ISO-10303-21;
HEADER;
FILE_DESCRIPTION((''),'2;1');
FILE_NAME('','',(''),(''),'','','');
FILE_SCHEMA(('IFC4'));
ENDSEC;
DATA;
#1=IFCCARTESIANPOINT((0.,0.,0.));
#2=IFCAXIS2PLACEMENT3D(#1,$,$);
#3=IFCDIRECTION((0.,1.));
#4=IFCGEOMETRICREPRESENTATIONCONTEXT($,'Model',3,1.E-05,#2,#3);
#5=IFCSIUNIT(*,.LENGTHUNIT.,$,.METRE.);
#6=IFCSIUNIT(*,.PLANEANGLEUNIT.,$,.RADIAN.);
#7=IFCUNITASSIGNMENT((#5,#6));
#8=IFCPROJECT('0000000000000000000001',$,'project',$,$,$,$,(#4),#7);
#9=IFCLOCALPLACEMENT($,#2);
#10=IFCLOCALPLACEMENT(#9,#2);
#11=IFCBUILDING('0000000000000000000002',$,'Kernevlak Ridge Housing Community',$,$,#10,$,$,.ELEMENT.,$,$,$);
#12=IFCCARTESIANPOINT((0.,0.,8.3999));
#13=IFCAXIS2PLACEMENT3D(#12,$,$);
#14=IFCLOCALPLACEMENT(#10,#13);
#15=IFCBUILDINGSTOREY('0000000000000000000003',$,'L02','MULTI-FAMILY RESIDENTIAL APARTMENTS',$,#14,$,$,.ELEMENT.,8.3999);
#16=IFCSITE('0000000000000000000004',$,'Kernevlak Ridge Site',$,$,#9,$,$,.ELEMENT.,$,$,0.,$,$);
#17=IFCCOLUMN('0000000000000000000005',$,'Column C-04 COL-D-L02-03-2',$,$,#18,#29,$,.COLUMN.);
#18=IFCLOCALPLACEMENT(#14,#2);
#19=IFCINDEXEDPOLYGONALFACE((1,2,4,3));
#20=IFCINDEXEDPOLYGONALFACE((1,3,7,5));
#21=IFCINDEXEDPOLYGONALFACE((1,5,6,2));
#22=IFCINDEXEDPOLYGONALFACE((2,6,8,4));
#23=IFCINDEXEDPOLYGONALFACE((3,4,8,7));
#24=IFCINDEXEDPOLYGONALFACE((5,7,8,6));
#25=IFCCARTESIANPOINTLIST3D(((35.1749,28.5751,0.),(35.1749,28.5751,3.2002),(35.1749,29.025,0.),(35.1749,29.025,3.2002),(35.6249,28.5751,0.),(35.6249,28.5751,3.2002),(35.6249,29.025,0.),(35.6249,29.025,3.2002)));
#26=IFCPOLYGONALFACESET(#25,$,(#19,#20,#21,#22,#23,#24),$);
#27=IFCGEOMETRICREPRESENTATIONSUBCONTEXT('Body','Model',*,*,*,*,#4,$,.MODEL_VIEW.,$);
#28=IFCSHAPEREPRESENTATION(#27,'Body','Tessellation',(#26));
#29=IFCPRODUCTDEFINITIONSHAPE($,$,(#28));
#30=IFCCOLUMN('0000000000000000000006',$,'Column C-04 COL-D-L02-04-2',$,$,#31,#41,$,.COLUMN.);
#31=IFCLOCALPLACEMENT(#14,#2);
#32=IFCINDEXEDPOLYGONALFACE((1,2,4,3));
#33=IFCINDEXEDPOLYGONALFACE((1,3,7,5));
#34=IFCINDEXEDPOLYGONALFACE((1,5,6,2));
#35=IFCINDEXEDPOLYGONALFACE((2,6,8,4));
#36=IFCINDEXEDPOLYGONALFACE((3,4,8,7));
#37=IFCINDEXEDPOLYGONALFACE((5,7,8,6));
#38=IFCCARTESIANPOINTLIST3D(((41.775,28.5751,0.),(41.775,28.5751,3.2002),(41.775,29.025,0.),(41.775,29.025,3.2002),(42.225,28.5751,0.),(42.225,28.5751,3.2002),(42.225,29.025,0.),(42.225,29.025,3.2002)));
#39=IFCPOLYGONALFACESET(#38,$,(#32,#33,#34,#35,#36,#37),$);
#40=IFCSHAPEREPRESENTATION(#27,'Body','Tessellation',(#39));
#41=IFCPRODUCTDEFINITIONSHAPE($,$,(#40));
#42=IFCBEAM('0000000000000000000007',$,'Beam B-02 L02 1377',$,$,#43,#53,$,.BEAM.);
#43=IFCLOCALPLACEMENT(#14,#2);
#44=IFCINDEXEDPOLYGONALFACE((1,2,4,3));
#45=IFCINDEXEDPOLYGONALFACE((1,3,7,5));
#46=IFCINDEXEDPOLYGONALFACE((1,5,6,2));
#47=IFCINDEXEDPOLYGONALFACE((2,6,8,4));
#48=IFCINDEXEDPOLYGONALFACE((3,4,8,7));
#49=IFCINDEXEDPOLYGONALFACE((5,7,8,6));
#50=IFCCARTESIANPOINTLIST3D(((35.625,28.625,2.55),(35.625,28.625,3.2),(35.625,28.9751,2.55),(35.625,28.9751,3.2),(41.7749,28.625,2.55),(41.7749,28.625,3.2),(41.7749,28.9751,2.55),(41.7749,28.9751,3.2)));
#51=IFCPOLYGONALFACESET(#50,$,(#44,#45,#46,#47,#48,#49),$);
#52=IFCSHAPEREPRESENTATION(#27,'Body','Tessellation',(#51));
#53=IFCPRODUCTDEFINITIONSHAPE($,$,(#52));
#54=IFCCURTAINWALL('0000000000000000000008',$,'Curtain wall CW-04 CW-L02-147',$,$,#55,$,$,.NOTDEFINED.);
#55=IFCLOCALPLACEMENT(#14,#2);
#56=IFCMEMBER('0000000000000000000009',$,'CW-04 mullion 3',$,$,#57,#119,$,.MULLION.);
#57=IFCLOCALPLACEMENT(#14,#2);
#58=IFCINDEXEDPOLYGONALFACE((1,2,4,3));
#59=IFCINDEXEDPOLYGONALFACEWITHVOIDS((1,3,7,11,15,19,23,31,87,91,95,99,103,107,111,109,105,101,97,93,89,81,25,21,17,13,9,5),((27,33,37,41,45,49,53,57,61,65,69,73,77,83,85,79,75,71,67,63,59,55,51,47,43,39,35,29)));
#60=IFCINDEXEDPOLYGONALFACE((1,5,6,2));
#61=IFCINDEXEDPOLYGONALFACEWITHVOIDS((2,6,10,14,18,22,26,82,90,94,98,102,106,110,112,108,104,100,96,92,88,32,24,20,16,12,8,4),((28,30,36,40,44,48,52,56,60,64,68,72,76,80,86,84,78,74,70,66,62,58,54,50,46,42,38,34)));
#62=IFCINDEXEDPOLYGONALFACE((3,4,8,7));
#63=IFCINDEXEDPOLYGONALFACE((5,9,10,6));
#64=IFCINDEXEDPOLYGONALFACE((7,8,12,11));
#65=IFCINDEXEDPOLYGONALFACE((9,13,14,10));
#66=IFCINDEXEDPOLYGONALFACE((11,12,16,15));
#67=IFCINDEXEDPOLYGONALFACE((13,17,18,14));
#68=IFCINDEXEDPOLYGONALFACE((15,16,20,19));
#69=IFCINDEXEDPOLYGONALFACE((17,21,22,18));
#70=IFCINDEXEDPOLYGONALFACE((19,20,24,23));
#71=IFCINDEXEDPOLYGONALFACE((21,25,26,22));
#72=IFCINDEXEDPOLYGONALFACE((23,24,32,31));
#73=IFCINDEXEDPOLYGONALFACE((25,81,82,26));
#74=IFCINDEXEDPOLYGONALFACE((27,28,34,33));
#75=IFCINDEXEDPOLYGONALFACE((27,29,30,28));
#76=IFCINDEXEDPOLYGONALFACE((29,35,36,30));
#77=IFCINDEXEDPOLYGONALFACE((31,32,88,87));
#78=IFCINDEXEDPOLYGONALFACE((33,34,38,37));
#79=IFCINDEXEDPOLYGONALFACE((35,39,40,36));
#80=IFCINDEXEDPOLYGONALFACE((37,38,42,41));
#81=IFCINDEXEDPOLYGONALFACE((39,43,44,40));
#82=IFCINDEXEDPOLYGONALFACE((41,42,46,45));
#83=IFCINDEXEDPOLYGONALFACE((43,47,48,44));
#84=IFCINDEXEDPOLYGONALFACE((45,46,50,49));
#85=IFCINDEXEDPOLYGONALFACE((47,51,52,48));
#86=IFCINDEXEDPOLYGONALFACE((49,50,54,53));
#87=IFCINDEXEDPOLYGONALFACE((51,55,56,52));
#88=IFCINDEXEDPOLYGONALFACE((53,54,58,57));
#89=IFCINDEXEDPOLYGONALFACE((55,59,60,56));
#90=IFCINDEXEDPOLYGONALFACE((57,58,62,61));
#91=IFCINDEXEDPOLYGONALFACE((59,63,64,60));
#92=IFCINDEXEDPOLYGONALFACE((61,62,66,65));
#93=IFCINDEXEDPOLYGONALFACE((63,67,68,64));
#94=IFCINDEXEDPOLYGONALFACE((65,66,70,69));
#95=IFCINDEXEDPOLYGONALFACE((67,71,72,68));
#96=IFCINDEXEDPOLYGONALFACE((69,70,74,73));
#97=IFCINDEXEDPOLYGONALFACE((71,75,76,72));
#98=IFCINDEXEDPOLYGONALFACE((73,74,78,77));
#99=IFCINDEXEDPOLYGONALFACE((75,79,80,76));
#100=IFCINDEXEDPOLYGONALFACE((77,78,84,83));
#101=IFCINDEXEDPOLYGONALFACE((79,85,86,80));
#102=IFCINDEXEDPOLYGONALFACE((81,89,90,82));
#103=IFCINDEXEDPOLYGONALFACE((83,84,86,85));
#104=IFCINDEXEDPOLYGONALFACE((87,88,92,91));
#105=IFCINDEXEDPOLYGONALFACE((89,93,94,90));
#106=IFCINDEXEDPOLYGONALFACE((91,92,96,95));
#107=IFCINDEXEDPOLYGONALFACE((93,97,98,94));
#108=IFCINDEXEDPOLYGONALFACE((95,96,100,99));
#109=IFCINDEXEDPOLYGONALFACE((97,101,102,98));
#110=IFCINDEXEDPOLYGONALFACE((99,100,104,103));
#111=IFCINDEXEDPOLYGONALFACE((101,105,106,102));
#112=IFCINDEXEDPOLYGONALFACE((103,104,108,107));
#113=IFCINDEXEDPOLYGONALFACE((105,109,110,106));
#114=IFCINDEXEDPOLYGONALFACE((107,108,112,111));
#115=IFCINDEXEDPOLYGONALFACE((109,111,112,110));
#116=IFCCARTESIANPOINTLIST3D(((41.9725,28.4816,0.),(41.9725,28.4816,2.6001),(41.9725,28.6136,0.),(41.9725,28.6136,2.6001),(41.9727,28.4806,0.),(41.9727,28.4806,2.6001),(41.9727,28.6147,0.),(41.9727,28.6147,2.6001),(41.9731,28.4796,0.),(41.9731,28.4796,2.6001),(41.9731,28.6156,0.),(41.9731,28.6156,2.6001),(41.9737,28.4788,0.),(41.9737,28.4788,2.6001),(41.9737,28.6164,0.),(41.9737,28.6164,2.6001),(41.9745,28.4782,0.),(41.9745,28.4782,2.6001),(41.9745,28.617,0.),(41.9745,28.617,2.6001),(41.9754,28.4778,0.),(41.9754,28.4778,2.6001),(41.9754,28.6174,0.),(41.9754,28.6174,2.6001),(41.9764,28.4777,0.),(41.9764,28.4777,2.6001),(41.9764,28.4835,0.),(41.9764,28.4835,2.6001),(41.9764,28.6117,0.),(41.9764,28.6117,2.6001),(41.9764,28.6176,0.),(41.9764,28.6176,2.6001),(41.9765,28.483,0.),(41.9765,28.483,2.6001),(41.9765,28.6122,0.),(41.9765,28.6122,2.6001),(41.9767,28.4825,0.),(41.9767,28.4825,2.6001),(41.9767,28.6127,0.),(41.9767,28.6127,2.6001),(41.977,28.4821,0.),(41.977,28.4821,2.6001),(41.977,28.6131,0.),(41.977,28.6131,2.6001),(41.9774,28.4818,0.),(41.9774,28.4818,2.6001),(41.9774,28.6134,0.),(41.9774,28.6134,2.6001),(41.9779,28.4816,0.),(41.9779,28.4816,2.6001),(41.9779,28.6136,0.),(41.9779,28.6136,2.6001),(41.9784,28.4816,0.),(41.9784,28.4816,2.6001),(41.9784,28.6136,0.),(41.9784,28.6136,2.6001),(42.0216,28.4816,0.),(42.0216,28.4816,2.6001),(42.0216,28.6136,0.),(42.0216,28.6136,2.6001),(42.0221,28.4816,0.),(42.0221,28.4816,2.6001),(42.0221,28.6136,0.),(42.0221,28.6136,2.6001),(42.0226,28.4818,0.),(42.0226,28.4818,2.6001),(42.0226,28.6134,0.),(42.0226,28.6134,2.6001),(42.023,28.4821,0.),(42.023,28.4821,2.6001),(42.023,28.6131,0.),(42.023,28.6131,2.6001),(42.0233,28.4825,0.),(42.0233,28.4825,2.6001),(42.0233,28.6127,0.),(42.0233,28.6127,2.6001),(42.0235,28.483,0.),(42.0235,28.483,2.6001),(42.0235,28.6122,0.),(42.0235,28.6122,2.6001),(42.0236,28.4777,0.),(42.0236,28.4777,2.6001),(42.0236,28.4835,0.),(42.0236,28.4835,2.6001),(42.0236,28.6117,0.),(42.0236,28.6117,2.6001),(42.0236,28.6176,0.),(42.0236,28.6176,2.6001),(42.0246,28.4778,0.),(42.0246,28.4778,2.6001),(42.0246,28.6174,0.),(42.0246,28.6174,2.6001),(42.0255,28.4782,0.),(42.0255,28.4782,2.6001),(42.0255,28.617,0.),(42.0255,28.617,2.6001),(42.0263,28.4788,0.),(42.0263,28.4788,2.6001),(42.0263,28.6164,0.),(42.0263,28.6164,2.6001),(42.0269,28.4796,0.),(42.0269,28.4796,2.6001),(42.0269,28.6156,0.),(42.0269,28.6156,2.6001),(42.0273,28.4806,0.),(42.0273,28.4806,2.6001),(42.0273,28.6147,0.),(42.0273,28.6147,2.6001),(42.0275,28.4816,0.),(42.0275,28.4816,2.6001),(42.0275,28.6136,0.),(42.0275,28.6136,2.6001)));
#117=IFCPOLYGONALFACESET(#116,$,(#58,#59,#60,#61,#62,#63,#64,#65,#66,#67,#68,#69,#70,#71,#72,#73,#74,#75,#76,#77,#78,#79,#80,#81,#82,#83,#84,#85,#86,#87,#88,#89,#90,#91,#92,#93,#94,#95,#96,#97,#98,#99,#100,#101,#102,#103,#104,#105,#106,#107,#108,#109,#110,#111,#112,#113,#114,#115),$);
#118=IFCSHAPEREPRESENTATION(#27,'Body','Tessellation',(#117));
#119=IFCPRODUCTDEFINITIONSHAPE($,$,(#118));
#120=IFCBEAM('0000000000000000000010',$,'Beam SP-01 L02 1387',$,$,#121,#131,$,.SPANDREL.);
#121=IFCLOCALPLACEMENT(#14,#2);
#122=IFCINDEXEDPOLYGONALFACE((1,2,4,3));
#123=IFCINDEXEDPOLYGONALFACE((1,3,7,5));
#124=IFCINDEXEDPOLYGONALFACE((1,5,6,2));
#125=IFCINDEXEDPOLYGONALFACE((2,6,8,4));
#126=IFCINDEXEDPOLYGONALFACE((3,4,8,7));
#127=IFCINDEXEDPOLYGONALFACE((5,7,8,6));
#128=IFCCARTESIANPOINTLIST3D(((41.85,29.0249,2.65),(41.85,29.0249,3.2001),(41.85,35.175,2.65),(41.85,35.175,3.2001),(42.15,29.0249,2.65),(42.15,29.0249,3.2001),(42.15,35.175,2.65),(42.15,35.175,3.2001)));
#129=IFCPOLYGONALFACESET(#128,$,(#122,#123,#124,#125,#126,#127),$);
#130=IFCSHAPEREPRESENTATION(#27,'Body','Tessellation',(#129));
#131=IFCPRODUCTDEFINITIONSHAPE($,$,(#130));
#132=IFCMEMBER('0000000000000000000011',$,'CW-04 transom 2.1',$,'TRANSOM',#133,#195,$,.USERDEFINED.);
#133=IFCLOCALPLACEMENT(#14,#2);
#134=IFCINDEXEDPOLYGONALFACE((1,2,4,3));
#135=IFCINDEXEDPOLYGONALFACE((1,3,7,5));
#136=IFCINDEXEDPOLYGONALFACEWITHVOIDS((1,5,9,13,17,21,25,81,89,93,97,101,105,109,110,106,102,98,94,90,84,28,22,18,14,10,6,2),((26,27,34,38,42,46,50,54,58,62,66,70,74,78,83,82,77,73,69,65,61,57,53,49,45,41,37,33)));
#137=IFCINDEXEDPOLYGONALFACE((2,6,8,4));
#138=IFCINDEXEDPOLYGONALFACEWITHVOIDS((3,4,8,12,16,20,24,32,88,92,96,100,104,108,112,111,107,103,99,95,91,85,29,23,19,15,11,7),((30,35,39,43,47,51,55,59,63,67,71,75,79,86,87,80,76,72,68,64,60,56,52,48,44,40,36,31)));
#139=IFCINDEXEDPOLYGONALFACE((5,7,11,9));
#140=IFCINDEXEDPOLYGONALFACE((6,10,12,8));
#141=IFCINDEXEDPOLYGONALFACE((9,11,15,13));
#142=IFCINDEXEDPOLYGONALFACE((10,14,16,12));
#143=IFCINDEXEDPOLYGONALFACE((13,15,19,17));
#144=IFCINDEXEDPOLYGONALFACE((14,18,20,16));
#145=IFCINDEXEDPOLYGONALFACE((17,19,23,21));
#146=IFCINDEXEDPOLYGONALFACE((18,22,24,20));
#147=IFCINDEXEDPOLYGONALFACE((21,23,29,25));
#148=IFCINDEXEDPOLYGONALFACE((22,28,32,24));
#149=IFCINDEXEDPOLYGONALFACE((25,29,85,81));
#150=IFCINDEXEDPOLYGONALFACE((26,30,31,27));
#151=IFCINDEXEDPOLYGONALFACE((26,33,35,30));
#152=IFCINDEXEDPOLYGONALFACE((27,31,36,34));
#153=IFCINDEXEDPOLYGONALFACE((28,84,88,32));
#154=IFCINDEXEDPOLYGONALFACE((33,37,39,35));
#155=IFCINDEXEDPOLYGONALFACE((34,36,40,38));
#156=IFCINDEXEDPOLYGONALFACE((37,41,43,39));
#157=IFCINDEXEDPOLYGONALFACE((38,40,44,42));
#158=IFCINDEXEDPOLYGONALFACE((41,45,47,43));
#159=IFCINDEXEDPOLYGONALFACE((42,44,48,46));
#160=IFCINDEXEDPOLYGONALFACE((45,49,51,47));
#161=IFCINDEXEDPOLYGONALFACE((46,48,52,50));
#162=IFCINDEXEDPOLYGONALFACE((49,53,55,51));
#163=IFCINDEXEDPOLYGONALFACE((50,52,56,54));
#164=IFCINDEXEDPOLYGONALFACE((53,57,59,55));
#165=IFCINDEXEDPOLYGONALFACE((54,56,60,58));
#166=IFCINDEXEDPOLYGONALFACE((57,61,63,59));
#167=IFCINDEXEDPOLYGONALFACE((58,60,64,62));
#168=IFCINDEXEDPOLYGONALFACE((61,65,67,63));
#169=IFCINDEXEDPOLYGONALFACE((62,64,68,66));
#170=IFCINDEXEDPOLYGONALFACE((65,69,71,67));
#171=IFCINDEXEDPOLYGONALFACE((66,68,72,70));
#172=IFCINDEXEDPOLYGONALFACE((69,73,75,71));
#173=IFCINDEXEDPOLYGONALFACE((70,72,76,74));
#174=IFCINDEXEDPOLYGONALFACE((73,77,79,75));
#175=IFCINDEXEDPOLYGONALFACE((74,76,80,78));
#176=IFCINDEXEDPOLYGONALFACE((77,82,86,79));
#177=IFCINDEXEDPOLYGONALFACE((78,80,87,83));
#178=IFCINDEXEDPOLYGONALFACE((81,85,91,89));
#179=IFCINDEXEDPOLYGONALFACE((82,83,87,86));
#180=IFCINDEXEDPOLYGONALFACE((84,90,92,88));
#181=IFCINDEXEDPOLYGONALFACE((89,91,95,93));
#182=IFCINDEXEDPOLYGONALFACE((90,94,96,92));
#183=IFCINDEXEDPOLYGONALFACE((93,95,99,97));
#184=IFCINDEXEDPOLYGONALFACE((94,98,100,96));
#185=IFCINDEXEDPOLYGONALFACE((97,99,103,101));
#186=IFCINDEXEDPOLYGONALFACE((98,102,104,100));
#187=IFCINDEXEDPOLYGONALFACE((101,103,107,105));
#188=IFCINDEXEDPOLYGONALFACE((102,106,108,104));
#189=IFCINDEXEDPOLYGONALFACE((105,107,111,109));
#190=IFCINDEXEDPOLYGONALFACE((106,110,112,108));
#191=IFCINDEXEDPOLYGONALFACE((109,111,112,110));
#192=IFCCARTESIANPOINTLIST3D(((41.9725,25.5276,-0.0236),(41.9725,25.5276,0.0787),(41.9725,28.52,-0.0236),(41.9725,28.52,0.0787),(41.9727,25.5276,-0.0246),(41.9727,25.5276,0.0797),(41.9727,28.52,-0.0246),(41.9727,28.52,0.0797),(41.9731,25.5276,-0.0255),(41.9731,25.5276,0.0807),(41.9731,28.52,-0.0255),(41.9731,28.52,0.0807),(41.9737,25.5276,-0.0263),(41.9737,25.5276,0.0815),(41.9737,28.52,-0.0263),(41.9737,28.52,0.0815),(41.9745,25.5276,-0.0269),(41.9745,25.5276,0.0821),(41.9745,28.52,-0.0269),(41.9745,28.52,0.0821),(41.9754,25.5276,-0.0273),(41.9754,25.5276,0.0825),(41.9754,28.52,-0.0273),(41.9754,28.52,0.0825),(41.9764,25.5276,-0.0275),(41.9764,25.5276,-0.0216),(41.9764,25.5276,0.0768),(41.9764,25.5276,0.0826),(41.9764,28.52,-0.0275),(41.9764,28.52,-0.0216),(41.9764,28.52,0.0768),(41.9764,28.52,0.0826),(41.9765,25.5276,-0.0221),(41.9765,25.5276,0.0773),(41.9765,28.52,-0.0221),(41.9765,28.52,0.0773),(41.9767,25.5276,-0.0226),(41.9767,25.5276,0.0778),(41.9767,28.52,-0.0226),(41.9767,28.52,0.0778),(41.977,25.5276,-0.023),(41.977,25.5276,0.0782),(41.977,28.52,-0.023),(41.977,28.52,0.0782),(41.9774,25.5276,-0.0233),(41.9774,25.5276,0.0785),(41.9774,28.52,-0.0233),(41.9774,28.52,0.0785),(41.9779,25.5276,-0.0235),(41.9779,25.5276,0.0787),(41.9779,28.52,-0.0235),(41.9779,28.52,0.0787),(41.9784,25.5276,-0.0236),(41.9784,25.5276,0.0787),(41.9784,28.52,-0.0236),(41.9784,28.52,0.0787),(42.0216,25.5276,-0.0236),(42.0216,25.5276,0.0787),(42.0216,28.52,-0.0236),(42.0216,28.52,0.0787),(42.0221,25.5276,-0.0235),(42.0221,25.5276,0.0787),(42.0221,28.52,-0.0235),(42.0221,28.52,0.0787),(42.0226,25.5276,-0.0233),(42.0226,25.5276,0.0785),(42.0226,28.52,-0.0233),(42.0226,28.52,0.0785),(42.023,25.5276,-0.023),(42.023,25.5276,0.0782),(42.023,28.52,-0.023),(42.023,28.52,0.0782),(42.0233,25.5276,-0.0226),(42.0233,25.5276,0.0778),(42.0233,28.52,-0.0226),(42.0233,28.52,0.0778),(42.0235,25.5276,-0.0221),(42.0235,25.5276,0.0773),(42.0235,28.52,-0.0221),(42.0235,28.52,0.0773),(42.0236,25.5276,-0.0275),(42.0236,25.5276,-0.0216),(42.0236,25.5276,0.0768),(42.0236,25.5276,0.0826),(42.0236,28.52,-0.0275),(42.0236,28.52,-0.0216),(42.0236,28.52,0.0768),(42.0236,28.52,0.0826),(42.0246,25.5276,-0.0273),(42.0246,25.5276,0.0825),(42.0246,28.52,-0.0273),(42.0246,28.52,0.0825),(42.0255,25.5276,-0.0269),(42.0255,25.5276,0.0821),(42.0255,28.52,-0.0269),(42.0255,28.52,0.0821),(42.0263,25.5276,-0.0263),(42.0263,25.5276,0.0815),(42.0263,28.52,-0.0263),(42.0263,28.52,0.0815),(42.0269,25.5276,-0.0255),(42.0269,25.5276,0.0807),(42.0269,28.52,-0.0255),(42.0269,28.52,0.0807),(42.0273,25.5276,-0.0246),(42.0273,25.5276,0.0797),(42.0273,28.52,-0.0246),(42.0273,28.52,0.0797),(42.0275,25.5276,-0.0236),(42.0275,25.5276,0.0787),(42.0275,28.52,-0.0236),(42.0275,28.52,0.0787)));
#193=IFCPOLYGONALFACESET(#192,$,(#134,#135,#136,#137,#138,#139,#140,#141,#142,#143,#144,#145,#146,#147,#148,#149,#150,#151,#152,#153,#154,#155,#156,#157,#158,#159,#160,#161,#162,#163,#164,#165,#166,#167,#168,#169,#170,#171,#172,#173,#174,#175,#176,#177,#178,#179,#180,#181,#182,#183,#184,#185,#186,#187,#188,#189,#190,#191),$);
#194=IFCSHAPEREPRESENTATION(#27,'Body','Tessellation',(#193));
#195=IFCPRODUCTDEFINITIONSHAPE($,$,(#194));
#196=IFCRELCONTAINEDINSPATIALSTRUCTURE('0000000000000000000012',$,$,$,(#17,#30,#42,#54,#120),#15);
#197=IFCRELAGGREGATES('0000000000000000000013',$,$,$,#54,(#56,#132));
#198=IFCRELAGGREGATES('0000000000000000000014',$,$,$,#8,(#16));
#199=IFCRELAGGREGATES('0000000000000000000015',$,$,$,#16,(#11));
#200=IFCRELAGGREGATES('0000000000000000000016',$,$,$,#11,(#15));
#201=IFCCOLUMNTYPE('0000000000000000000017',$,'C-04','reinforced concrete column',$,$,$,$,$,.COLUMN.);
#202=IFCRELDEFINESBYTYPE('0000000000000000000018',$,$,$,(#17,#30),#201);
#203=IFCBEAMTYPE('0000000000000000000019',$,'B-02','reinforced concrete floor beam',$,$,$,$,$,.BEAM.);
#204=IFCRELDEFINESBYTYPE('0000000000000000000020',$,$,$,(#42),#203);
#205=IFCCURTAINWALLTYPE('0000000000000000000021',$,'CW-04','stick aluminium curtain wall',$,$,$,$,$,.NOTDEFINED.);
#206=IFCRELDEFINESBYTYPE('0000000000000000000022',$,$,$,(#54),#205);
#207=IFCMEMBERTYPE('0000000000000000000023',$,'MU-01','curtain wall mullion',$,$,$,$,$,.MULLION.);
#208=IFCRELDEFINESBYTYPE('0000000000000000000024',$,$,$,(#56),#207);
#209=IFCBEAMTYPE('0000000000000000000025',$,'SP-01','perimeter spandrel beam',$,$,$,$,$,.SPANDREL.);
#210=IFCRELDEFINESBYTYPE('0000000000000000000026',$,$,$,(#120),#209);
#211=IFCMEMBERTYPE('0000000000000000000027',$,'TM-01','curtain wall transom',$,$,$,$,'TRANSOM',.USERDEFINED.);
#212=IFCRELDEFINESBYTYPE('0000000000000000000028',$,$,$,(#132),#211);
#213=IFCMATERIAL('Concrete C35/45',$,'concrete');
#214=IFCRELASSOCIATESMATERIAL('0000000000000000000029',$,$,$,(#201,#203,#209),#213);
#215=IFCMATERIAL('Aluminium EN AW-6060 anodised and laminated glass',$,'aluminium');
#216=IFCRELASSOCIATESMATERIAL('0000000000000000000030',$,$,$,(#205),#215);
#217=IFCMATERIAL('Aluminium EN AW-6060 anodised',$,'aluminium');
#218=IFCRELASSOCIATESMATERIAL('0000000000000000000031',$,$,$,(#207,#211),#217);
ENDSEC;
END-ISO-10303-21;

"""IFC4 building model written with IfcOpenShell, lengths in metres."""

from ifc_helpers import new_model, si_unit, direction, frame, origin, origin_2d, place, context, subcontext, project, spatial, rectangle, hollow_rectangle, extrude, material, material_profile, profile_set, type_object, element, aggregate, save


model = new_model("IFC4")

# Units and contexts
model_context = context("Model", 3, precision=1e-05, world=origin(), true_north=direction((0.0, 1.0)))
body_context = subcontext(model_context, "Body", "Model", "MODEL_VIEW")
ifc_project = project(units=[si_unit("LENGTHUNIT", "METRE"), si_unit("PLANEANGLEUNIT", "RADIAN")], contexts=[model_context])

# Site, building, storey
site_placement = place(None, origin())
site = spatial("IfcSite", under=ifc_project, at=site_placement, Name="Kernevlak Ridge Site", CompositionType="ELEMENT", RefElevation=0.0)
building_placement = place(site_placement, origin())
building = spatial("IfcBuilding", under=site, at=building_placement, Name="Kernevlak Ridge Housing Community", CompositionType="ELEMENT")
storey_placement = place(building_placement, frame((0.0, 0.0, 8.3999)))
storey = spatial("IfcBuildingStorey", under=building, at=storey_placement, Name="L02", Description="MULTI-FAMILY RESIDENTIAL APARTMENTS", CompositionType="ELEMENT", Elevation=8.3999)

# Columns
ifc_material_1 = material(Name="Concrete C35/45", Category="concrete")
ifc_material_profile_1 = material_profile(ifc_material_1, rectangle(XDim=0.45, YDim=0.45, at=origin_2d()), Name="RC 450x450")
ifc_profile_set_1 = profile_set([ifc_material_profile_1], Name="Concrete C35/45")
column_type = type_object("IfcColumnType", Name="C-04", Description="reinforced concrete column", PredefinedType="COLUMN", material=ifc_profile_set_1)
for number, where, z_axis, x_axis, name in (
    (1, (35.3999, 28.8, 0.0), (0.0, 0.0, 1.0), (1.0, 0.0, 0.0), "Column C-04 COL-D-L02-03-2"),
    (2, (42.0, 28.8, 0.0), (0.0, 0.0, 1.0), (1.0, 0.0, 0.0), "Column C-04 COL-D-L02-04-2"),
):
    element("IfcColumn", number, at=place(storey_placement, frame(where, z_axis=z_axis, x_axis=x_axis)), inside=storey, type_object=column_type, Name=name, PredefinedType="COLUMN", context=body_context, shape_type="SweptSolid", body=[
        extrude(rectangle(XDim=0.45, YDim=0.45, at=origin_2d()), origin(), (0.0, 0.0, 1.0), 3.2002),
    ])

# Beam
ifc_material_profile_2 = material_profile(ifc_material_1, rectangle(XDim=0.3501, YDim=0.6499, at=origin_2d()), Name="RC 350x650")
ifc_profile_set_2 = profile_set([ifc_material_profile_2], Name="Concrete C35/45")
beam_type_1 = type_object("IfcBeamType", Name="B-02", Description="reinforced concrete floor beam", PredefinedType="BEAM", material=ifc_profile_set_2)
beam_1_placement = place(storey_placement, frame((35.625, 28.8, 2.875), z_axis=(1.0, 0.0, 0.0), x_axis=(0.0, 1.0, 0.0)))
element("IfcBeam", 3, at=beam_1_placement, inside=storey, type_object=beam_type_1, Name="Beam B-02 L02 1377", PredefinedType="BEAM", context=body_context, shape_type="SweptSolid", body=[
    extrude(rectangle(XDim=0.3501, YDim=0.6499, at=origin_2d()), origin(), (0.0, 0.0, 1.0), 6.1499),
])

# Curtain wall, member
ifc_material_2 = material(Name="Aluminium EN AW-6060 anodised and laminated glass", Category="aluminium")
curtain_wall_type = type_object("IfcCurtainWallType", Name="CW-04", Description="stick aluminium curtain wall", PredefinedType="NOTDEFINED", material=ifc_material_2)
curtain_wall_placement = place(storey_placement, origin())
curtain_wall = element("IfcCurtainWall", 4, at=curtain_wall_placement, inside=storey, type_object=curtain_wall_type, Name="Curtain wall CW-04 CW-L02-147", PredefinedType="NOTDEFINED")
ifc_material_3 = material(Name="Aluminium EN AW-6060 anodised", Category="aluminium")
ifc_material_profile_3 = material_profile(ifc_material_3, hollow_rectangle(XDim=0.0549, YDim=0.1399, WallThickness=0.0039, InnerFilletRadius=0.002, OuterFilletRadius=0.0039, at=origin_2d()), Name="ALU 55x140x4")
ifc_profile_set_3 = profile_set([ifc_material_profile_3], Name="Aluminium EN AW-6060 anodised")
member_type_1 = type_object("IfcMemberType", Name="MU-01", Description="curtain wall mullion", PredefinedType="MULLION", material=ifc_profile_set_3)
member_1_placement = place(storey_placement, frame((42.0, 28.5476, 0.0), z_axis=(0.0, 0.0, 1.0), x_axis=(-1.0, 0.0, 0.0)))
member_1 = element("IfcMember", 5, at=member_1_placement, type_object=member_type_1, Name="CW-04 mullion 3", PredefinedType="MULLION", context=body_context, shape_type="SweptSolid", body=[
    extrude(hollow_rectangle(XDim=0.0549, YDim=0.1399, WallThickness=0.0039, InnerFilletRadius=0.002, OuterFilletRadius=0.0039, at=origin_2d()), origin(), (0.0, 0.0, 1.0), 2.6001),
])

# Beam
ifc_material_profile_4 = material_profile(ifc_material_1, rectangle(XDim=0.3, YDim=0.55, at=origin_2d()), Name="RC 300x550")
ifc_profile_set_4 = profile_set([ifc_material_profile_4], Name="Concrete C35/45")
beam_type_2 = type_object("IfcBeamType", Name="SP-01", Description="perimeter spandrel beam", PredefinedType="SPANDREL", material=ifc_profile_set_4)
beam_2_placement = place(storey_placement, frame((42.0, 29.0249, 2.925), z_axis=(0.0, 1.0, 0.0), x_axis=(-1.0, 0.0, 0.0)))
element("IfcBeam", 6, at=beam_2_placement, inside=storey, type_object=beam_type_2, Name="Beam SP-01 L02 1387", PredefinedType="SPANDREL", context=body_context, shape_type="SweptSolid", body=[
    extrude(rectangle(XDim=0.3, YDim=0.55, at=origin_2d()), origin(), (0.0, 0.0, 1.0), 6.1501),
])

# Member
ifc_material_profile_5 = material_profile(ifc_material_3, hollow_rectangle(XDim=0.0549, YDim=0.1101, WallThickness=0.0039, InnerFilletRadius=0.002, OuterFilletRadius=0.0039, at=origin_2d()), Name="ALU 55x110x4")
ifc_profile_set_5 = profile_set([ifc_material_profile_5], Name="Aluminium EN AW-6060 anodised")
member_type_2 = type_object("IfcMemberType", Name="TM-01", Description="curtain wall transom", ElementType="TRANSOM", PredefinedType="USERDEFINED", material=ifc_profile_set_5)
member_2_placement = place(storey_placement, frame((42.0, 25.5276, 0.0276), z_axis=(0.0, 1.0, 0.0), x_axis=(-1.0, 0.0, 0.0)))
member_2 = element("IfcMember", 7, at=member_2_placement, type_object=member_type_2, Name="CW-04 transom 2.1", ObjectType="TRANSOM", PredefinedType="USERDEFINED", context=body_context, shape_type="SweptSolid", body=[
    extrude(hollow_rectangle(XDim=0.0549, YDim=0.1101, WallThickness=0.0039, InnerFilletRadius=0.002, OuterFilletRadius=0.0039, at=origin_2d()), origin(), (0.0, 0.0, 1.0), 2.9924),
])

aggregate(curtain_wall, [member_1, member_2])

save(model, "model.ifc")
